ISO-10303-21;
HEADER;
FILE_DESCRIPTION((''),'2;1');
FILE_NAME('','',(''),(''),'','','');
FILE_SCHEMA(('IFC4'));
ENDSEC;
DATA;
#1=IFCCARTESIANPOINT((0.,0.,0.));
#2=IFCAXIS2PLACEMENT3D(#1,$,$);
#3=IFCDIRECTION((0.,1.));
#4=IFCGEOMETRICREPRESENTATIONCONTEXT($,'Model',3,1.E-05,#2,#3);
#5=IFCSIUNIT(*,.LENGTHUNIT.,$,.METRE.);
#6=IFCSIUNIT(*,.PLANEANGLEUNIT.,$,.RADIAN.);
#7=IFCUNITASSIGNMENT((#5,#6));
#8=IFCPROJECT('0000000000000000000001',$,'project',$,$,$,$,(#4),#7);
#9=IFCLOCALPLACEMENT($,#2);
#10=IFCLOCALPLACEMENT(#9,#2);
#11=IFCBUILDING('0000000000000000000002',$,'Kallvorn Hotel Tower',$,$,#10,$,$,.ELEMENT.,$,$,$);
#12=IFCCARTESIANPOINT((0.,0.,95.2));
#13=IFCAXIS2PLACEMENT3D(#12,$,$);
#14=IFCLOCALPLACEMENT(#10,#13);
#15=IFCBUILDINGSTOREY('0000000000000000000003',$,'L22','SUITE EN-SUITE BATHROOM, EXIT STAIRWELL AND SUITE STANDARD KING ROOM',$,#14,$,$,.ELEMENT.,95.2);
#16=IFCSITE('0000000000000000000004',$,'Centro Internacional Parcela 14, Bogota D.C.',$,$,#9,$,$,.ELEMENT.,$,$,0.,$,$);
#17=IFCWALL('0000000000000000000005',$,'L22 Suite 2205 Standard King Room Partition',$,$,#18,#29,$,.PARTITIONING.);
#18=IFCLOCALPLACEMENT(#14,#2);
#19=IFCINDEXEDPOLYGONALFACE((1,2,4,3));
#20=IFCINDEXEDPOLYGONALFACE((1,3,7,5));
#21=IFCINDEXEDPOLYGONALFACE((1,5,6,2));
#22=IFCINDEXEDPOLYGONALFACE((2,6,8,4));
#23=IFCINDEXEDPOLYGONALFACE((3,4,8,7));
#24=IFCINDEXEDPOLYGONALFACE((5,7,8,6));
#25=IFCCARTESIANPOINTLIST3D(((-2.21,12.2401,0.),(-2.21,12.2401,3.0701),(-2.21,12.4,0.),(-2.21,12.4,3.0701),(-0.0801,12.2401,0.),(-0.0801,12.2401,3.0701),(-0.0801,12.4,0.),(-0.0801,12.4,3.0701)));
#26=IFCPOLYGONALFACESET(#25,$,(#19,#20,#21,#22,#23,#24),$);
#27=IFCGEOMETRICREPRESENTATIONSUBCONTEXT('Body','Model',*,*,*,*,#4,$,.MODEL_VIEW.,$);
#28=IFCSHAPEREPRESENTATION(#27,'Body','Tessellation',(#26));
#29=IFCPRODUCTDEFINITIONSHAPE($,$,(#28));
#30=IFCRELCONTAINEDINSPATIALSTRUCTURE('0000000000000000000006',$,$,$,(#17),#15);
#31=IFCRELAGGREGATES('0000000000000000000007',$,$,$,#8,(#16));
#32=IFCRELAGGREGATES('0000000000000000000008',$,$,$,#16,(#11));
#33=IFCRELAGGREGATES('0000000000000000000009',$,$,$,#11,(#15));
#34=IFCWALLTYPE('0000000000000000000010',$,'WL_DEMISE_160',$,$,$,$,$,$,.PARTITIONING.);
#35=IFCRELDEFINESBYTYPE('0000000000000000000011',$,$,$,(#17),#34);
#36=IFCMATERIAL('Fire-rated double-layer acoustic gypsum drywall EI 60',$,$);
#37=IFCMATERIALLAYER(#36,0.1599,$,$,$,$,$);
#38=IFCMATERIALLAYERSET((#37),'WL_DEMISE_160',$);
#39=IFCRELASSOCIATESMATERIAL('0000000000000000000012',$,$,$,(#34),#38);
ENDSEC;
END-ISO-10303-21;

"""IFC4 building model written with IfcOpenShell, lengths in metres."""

from ifc_helpers import new_model, si_unit, direction, frame, frame_2d, origin, place, context, subcontext, project, spatial, rectangle, extrude, material, layer, layer_set, type_object, element, save


model = new_model("IFC4")

# Units and contexts
model_context = context("Model", 3, precision=1e-05, world=origin(), true_north=direction((0.0, 1.0)))
body_context = subcontext(model_context, "Body", "Model", "MODEL_VIEW")
ifc_project = project(units=[si_unit("LENGTHUNIT", "METRE"), si_unit("PLANEANGLEUNIT", "RADIAN")], contexts=[model_context])

# Site, building, storey
site_placement = place(None, origin())
site = spatial("IfcSite", under=ifc_project, at=site_placement, Name="Centro Internacional Parcela 14, Bogota D.C.", CompositionType="ELEMENT", RefElevation=0.0)
building_placement = place(site_placement, origin())
building = spatial("IfcBuilding", under=site, at=building_placement, Name="Kallvorn Hotel Tower", CompositionType="ELEMENT")
storey_placement = place(building_placement, frame((0.0, 0.0, 95.2)))
storey = spatial("IfcBuildingStorey", under=building, at=storey_placement, Name="L22", Description="SUITE EN-SUITE BATHROOM, EXIT STAIRWELL AND SUITE STANDARD KING ROOM", CompositionType="ELEMENT", Elevation=95.2)

# Wall
ifc_material_1 = material(Name="Fire-rated double-layer acoustic gypsum drywall EI 60")
ifc_layer_1 = layer(ifc_material_1, 0.1599)
ifc_layer_set_1 = layer_set([ifc_layer_1], Name="WL_DEMISE_160")
wall_type = type_object("IfcWallType", Name="WL_DEMISE_160", PredefinedType="PARTITIONING", material=ifc_layer_set_1)
wall_placement = place(storey_placement, frame((-2.21, 12.3201, 0.0), z_axis=(0.0, 0.0, 1.0), x_axis=(1.0, 0.0, 0.0)))
element("IfcWall", 1, at=wall_placement, inside=storey, type_object=wall_type, Name="L22 Suite 2205 Standard King Room Partition", PredefinedType="PARTITIONING", context=body_context, shape_type="SweptSolid", body=[
    extrude(rectangle(XDim=2.1299, YDim=0.1599, at=frame_2d((1.0649, 0.0))), origin(), (0.0, 0.0, 1.0), 3.0701),
])

save(model, "model.ifc")
